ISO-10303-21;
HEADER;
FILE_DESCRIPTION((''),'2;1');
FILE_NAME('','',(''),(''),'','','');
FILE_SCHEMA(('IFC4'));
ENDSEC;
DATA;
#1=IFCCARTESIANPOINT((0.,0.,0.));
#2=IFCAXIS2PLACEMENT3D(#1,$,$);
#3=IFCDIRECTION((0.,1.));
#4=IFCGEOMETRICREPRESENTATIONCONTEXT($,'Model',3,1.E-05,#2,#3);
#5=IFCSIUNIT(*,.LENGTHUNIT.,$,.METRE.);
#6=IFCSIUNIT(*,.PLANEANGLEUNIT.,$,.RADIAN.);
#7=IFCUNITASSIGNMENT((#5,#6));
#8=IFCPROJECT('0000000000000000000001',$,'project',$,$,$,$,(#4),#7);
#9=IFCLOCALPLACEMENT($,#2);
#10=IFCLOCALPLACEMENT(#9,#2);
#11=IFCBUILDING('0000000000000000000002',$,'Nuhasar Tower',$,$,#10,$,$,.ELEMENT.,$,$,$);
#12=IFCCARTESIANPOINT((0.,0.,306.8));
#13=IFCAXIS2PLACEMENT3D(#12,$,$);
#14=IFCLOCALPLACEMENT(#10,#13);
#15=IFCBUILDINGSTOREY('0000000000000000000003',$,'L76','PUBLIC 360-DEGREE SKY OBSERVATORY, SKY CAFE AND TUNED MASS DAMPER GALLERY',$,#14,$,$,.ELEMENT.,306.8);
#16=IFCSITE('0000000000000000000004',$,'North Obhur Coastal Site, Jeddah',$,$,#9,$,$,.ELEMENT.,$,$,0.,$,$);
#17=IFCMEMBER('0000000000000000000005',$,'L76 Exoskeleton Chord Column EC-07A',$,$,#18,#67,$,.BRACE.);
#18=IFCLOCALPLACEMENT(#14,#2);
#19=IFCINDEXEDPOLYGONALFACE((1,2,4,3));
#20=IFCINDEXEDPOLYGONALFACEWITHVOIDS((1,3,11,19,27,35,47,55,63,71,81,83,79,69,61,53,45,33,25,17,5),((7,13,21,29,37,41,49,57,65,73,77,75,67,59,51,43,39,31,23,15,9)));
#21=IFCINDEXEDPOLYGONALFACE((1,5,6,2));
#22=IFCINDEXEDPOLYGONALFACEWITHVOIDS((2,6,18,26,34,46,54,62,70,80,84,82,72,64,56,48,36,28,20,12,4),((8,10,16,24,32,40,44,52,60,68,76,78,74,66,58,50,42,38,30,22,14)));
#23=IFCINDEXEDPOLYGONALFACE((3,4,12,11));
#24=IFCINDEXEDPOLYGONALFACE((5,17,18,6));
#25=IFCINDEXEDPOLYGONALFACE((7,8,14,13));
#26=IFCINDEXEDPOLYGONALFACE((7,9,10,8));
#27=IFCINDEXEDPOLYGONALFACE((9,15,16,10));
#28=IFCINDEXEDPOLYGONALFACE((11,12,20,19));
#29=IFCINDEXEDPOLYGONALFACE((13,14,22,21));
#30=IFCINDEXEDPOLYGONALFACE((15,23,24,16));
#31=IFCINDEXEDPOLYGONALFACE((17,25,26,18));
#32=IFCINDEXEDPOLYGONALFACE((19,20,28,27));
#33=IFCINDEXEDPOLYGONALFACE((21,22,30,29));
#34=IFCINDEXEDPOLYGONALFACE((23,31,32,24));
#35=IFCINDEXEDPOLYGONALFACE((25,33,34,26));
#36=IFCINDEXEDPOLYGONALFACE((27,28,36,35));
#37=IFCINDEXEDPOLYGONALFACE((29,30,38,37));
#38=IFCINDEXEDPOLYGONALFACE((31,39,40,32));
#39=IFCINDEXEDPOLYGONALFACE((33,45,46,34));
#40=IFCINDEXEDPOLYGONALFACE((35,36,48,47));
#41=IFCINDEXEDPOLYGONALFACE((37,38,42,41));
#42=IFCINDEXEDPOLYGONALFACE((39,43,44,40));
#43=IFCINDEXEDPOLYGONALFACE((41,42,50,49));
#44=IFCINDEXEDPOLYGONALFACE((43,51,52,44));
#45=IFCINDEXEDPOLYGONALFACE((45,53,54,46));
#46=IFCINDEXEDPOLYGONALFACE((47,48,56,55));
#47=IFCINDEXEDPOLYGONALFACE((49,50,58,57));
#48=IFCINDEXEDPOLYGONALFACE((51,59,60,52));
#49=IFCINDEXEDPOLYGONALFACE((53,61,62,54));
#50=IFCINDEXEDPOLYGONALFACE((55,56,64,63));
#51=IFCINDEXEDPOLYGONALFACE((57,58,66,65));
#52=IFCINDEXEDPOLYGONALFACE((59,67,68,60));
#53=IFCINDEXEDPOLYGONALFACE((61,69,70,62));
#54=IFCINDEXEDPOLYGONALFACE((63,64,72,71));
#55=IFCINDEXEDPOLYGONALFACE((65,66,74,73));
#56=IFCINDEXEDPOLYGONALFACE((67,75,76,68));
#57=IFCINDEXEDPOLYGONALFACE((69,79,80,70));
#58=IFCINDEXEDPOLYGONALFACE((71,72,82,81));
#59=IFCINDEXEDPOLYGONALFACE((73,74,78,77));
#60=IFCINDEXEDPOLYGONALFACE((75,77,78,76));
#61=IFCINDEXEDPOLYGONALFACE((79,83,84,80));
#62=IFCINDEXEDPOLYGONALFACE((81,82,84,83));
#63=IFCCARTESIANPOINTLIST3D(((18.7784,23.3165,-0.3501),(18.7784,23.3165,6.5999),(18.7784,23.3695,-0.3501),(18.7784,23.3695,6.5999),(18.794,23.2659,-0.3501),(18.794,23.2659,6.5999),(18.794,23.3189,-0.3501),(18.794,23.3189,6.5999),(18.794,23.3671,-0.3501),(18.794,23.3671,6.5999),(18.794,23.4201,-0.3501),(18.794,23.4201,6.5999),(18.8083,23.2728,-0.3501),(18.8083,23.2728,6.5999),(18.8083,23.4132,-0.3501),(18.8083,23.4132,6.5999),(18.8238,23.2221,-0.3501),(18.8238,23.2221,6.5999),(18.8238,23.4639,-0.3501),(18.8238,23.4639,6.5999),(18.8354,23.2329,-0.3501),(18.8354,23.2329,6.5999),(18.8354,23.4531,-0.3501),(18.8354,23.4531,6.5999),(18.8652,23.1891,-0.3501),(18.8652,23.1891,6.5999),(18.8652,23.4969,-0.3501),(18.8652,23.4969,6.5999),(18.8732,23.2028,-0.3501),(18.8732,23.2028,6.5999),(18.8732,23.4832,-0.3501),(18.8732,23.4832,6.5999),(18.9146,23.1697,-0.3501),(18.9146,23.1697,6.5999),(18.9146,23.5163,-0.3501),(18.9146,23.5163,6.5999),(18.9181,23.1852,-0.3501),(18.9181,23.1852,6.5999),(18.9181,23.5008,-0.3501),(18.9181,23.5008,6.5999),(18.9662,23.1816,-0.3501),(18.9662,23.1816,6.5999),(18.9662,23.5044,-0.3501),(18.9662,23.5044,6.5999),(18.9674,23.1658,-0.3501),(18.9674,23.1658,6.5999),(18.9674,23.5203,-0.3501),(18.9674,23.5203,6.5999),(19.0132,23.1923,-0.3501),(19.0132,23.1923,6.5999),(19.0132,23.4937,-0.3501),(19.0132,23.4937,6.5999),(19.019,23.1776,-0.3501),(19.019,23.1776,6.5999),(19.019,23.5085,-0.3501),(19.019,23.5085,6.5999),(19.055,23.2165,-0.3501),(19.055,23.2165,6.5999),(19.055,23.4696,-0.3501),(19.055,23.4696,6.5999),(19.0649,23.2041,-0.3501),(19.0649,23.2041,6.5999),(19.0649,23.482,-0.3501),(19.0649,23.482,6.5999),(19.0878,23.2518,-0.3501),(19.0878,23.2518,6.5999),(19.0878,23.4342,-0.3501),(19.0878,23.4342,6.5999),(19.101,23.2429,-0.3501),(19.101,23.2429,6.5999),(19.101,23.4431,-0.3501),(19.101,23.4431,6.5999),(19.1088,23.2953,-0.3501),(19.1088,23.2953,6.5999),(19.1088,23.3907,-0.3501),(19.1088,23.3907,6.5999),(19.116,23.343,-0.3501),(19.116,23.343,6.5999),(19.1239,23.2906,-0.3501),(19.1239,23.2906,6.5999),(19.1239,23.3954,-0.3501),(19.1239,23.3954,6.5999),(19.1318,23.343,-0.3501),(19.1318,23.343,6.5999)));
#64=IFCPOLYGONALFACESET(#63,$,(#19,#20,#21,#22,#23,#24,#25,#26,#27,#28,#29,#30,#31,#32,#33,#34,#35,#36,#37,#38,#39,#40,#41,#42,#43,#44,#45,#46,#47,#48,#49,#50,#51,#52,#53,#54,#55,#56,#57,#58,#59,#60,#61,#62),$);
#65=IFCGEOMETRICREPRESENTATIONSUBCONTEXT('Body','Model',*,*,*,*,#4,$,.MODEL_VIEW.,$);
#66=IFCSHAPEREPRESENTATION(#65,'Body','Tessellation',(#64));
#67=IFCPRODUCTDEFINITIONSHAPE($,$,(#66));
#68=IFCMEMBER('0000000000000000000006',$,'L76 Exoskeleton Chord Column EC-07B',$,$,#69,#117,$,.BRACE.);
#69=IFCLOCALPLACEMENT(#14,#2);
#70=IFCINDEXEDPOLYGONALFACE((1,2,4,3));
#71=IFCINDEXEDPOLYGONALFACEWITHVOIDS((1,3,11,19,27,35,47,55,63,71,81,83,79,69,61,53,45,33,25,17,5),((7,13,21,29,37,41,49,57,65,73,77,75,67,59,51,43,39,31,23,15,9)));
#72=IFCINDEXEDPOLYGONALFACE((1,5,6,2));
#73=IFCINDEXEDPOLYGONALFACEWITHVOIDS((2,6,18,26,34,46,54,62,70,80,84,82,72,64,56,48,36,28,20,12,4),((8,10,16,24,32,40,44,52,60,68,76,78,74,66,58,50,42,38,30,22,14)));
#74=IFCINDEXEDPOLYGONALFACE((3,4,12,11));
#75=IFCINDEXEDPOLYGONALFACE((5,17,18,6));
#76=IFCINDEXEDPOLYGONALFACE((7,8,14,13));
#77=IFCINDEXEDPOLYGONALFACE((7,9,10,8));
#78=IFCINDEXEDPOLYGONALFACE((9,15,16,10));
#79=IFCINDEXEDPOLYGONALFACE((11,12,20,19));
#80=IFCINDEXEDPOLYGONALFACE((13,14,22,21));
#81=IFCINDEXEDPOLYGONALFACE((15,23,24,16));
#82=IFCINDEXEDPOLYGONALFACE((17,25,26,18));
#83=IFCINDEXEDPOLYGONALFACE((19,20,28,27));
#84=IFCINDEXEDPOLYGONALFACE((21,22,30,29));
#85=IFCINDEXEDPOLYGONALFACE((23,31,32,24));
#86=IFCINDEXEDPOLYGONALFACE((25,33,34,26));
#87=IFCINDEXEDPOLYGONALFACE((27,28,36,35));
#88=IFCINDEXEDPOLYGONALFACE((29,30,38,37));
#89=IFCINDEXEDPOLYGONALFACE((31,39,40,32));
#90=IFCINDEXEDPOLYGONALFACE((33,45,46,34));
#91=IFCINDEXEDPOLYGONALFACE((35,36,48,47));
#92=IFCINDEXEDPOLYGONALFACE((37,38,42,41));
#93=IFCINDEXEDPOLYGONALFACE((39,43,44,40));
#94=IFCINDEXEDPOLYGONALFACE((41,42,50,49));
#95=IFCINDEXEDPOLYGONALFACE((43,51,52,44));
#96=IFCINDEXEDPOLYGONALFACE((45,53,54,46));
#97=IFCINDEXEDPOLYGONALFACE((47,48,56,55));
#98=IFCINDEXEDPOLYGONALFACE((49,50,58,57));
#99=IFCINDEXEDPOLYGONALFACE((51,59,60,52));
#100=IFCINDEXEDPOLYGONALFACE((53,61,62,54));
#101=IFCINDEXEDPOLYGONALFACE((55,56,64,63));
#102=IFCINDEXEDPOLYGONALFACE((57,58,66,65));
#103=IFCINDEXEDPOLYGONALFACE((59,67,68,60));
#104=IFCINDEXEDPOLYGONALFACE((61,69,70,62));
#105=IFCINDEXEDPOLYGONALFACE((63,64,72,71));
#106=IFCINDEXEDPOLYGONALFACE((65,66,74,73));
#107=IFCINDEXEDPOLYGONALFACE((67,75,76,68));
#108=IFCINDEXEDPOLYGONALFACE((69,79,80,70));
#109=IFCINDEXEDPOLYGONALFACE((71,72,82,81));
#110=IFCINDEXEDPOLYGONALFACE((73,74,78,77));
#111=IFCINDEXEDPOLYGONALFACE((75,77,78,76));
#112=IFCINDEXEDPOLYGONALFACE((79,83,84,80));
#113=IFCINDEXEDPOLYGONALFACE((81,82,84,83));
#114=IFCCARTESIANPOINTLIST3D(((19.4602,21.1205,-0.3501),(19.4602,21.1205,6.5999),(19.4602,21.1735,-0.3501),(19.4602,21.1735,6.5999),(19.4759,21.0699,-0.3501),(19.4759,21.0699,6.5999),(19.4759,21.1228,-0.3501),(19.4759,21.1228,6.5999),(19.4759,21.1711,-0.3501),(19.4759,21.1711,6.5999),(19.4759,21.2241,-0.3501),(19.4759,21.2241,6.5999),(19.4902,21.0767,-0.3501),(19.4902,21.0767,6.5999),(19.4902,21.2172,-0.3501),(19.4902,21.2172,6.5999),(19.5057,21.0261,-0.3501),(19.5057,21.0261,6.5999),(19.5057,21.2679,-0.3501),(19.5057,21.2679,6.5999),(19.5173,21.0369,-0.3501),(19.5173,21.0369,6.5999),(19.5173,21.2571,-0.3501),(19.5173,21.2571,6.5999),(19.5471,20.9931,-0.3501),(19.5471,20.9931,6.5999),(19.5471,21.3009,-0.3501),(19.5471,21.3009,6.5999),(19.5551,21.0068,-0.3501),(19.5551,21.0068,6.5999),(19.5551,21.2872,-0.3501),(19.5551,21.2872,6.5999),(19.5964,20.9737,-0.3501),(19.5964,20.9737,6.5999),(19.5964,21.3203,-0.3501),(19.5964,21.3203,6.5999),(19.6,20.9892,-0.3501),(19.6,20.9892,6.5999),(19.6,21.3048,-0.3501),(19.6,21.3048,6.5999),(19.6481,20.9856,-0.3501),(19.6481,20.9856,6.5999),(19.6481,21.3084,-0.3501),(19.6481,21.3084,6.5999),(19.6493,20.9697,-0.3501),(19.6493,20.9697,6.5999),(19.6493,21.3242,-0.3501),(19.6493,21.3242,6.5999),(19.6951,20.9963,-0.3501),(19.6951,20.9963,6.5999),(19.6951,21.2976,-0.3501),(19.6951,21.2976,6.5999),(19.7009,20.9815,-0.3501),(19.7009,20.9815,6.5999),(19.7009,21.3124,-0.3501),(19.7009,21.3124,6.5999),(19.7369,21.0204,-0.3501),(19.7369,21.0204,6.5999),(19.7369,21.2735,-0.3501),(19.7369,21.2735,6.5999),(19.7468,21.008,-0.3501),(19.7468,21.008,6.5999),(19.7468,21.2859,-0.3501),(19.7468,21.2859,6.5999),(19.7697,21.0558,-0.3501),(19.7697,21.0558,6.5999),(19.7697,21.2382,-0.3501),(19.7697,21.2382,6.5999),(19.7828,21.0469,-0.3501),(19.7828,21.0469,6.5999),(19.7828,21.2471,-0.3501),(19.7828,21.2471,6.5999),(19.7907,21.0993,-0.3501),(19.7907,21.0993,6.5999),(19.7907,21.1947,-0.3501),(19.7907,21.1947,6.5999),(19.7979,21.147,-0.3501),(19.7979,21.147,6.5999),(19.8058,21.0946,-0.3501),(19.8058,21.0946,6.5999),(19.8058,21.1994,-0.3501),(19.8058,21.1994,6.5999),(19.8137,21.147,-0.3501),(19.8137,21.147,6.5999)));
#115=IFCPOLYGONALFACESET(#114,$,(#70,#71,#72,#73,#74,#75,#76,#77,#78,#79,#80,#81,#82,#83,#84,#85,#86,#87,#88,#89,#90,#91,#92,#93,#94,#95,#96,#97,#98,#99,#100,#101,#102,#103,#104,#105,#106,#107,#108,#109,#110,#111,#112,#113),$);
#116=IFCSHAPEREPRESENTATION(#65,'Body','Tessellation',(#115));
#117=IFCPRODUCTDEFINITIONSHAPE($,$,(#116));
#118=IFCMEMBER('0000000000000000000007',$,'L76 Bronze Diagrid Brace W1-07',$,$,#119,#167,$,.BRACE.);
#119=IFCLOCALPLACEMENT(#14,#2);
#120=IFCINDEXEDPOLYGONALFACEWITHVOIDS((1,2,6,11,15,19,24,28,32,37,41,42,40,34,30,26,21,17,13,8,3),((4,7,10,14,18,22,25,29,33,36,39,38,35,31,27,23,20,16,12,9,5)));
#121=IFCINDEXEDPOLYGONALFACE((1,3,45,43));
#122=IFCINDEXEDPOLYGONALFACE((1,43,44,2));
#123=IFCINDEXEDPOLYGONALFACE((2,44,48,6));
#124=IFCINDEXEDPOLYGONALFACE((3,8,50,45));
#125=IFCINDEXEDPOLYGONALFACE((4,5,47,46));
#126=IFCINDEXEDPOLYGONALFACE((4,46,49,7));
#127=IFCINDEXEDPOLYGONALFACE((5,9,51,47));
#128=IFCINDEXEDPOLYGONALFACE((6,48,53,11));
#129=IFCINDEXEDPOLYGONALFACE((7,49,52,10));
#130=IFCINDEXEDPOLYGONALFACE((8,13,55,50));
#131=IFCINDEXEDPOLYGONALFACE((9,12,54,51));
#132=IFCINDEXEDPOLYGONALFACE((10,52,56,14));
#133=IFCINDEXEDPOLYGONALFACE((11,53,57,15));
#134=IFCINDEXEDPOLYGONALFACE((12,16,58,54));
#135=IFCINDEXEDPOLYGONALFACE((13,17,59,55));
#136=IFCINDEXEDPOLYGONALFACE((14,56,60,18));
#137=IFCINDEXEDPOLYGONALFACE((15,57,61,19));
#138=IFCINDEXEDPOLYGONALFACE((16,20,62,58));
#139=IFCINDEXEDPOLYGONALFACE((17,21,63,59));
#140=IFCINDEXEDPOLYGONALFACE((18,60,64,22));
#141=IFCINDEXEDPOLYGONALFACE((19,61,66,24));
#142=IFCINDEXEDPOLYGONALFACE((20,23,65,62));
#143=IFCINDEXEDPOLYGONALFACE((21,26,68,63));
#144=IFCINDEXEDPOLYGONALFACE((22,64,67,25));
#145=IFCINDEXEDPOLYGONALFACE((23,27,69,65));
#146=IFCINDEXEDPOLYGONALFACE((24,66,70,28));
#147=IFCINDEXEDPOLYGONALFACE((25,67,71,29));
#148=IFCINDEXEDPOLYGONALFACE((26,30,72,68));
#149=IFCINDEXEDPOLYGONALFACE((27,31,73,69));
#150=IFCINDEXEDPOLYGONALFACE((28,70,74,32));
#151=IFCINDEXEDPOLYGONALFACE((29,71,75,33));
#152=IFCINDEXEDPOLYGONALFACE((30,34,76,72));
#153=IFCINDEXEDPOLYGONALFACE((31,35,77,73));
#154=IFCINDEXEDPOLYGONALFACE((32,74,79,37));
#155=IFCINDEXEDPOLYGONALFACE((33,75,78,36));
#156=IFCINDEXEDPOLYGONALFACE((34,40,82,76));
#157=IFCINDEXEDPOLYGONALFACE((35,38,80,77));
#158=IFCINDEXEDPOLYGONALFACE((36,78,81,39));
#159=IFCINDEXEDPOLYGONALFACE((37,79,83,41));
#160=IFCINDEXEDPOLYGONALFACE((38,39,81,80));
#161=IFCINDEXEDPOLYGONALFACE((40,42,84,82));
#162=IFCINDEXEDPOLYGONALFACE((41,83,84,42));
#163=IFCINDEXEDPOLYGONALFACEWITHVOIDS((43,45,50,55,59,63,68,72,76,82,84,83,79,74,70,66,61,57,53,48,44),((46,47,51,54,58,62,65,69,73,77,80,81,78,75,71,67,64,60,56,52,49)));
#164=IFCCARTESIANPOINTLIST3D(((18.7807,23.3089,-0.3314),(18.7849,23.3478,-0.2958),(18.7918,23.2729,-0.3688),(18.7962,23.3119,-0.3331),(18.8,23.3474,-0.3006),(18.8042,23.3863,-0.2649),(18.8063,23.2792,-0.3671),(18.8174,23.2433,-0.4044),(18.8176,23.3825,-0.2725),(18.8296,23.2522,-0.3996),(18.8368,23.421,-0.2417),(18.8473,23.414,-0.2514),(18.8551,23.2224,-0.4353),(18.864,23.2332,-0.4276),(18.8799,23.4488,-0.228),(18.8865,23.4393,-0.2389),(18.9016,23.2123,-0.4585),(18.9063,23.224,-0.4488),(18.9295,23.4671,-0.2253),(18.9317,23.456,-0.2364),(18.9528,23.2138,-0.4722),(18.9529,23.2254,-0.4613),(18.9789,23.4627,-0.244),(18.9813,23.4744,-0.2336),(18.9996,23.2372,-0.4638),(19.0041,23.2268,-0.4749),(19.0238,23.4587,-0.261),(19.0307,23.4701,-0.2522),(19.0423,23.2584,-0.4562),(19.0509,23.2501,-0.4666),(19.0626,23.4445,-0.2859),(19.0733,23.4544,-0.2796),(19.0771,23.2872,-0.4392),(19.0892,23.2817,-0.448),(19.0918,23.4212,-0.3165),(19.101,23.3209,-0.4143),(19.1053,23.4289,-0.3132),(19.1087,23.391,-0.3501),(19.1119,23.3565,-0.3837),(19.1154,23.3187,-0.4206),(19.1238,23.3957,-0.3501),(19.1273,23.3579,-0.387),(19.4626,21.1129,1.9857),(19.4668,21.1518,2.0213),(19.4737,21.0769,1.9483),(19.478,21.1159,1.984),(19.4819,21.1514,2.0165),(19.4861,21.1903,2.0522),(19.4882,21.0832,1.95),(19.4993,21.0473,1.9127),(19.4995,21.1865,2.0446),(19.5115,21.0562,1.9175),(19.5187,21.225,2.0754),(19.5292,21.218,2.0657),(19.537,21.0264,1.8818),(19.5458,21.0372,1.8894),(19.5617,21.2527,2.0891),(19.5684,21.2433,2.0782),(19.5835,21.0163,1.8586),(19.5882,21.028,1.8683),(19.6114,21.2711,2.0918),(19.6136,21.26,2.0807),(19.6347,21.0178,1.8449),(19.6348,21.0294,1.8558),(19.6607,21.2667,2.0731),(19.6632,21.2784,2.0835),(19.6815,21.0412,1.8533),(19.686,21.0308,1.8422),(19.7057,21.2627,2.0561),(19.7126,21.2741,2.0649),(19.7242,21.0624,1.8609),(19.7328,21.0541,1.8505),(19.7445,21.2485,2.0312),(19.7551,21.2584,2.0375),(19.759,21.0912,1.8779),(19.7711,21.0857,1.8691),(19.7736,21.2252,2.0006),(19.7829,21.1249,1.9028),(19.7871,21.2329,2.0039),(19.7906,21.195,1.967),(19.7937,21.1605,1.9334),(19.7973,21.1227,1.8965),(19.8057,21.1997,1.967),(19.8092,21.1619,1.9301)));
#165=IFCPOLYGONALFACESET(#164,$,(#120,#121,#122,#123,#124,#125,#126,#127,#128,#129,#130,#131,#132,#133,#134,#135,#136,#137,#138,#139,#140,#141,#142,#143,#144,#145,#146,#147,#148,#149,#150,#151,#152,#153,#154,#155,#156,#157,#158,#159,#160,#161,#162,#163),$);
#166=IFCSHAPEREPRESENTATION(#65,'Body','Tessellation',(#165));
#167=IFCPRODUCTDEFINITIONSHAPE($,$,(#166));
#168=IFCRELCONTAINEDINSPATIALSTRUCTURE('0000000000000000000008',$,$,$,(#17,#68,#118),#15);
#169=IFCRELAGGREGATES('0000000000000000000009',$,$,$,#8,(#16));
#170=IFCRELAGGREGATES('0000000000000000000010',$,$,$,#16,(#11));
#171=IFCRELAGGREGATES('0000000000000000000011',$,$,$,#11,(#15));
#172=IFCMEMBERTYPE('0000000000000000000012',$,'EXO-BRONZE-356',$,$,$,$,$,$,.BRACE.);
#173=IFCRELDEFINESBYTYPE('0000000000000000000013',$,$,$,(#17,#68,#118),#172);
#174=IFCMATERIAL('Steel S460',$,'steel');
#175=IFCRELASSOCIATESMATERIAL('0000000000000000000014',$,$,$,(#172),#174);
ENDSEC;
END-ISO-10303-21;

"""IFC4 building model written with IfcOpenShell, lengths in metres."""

from ifc_helpers import new_model, si_unit, direction, frame, origin, origin_2d, place, context, subcontext, project, spatial, hollow_circle, extrude, material, material_profile, profile_set, type_object, element, save


model = new_model("IFC4")

# Units and contexts
model_context = context("Model", 3, precision=1e-05, world=origin(), true_north=direction((0.0, 1.0)))
body_context = subcontext(model_context, "Body", "Model", "MODEL_VIEW")
ifc_project = project(units=[si_unit("LENGTHUNIT", "METRE"), si_unit("PLANEANGLEUNIT", "RADIAN")], contexts=[model_context])

# Site, building, storey
site_placement = place(None, origin())
site = spatial("IfcSite", under=ifc_project, at=site_placement, Name="North Obhur Coastal Site, Jeddah", CompositionType="ELEMENT", RefElevation=0.0)
building_placement = place(site_placement, origin())
building = spatial("IfcBuilding", under=site, at=building_placement, Name="Nuhasar Tower", CompositionType="ELEMENT")
storey_placement = place(building_placement, frame((0.0, 0.0, 306.8)))
storey = spatial("IfcBuildingStorey", under=building, at=storey_placement, Name="L76", Description="PUBLIC 360-DEGREE SKY OBSERVATORY, SKY CAFE AND TUNED MASS DAMPER GALLERY", CompositionType="ELEMENT", Elevation=306.8)

# Shared definitions
ifc_material_1 = material(Name="Steel S460", Category="steel")

# Members
ifc_material_profile_1 = material_profile(ifc_material_1, hollow_circle(Radius=0.1777, WallThickness=0.0159, at=origin_2d()), Name="HSS355.6X15.9")
ifc_profile_set_1 = profile_set([ifc_material_profile_1], Name="Steel S460")
member_type_1 = type_object("IfcMemberType", Name="EXO-BRONZE-356", PredefinedType="BRACE", material=ifc_profile_set_1)
for number, where, z_axis, x_axis, name in (
    (1, (18.9541, 23.343, -0.3501), (0.0, 0.0, 1.0), (1.0, 0.0, 0.0), "L76 Exoskeleton Chord Column EC-07A"),
    (2, (19.636, 21.147, -0.3501), (0.0, 0.0, 1.0), (1.0, 0.0, 0.0), "L76 Exoskeleton Chord Column EC-07B"),
):
    element("IfcMember", number, at=place(storey_placement, frame(where, z_axis=z_axis, x_axis=x_axis)), inside=storey, type_object=member_type_1, Name=name, PredefinedType="BRACE", context=body_context, shape_type="SweptSolid", body=[
        extrude(hollow_circle(Radius=0.1777, WallThickness=0.0159, at=origin_2d()), origin(), (0.0, 0.0, 1.0), 6.95),
    ])
member_1_placement = place(storey_placement, frame((18.9541, 23.343, -0.3501), z_axis=(0.208881, -0.672713, 0.709807), x_axis=(0.955021, 0.296539, 0.0)))
element("IfcMember", 3, at=member_1_placement, inside=storey, type_object=member_type_1, Name="L76 Bronze Diagrid Brace W1-07", PredefinedType="BRACE", context=body_context, shape_type="SweptSolid", body=[
    extrude(hollow_circle(Radius=0.1777, WallThickness=0.0159, at=origin_2d()), origin(), (0.0, 0.0, 1.0), 3.2644),
])

save(model, "model.ifc")
